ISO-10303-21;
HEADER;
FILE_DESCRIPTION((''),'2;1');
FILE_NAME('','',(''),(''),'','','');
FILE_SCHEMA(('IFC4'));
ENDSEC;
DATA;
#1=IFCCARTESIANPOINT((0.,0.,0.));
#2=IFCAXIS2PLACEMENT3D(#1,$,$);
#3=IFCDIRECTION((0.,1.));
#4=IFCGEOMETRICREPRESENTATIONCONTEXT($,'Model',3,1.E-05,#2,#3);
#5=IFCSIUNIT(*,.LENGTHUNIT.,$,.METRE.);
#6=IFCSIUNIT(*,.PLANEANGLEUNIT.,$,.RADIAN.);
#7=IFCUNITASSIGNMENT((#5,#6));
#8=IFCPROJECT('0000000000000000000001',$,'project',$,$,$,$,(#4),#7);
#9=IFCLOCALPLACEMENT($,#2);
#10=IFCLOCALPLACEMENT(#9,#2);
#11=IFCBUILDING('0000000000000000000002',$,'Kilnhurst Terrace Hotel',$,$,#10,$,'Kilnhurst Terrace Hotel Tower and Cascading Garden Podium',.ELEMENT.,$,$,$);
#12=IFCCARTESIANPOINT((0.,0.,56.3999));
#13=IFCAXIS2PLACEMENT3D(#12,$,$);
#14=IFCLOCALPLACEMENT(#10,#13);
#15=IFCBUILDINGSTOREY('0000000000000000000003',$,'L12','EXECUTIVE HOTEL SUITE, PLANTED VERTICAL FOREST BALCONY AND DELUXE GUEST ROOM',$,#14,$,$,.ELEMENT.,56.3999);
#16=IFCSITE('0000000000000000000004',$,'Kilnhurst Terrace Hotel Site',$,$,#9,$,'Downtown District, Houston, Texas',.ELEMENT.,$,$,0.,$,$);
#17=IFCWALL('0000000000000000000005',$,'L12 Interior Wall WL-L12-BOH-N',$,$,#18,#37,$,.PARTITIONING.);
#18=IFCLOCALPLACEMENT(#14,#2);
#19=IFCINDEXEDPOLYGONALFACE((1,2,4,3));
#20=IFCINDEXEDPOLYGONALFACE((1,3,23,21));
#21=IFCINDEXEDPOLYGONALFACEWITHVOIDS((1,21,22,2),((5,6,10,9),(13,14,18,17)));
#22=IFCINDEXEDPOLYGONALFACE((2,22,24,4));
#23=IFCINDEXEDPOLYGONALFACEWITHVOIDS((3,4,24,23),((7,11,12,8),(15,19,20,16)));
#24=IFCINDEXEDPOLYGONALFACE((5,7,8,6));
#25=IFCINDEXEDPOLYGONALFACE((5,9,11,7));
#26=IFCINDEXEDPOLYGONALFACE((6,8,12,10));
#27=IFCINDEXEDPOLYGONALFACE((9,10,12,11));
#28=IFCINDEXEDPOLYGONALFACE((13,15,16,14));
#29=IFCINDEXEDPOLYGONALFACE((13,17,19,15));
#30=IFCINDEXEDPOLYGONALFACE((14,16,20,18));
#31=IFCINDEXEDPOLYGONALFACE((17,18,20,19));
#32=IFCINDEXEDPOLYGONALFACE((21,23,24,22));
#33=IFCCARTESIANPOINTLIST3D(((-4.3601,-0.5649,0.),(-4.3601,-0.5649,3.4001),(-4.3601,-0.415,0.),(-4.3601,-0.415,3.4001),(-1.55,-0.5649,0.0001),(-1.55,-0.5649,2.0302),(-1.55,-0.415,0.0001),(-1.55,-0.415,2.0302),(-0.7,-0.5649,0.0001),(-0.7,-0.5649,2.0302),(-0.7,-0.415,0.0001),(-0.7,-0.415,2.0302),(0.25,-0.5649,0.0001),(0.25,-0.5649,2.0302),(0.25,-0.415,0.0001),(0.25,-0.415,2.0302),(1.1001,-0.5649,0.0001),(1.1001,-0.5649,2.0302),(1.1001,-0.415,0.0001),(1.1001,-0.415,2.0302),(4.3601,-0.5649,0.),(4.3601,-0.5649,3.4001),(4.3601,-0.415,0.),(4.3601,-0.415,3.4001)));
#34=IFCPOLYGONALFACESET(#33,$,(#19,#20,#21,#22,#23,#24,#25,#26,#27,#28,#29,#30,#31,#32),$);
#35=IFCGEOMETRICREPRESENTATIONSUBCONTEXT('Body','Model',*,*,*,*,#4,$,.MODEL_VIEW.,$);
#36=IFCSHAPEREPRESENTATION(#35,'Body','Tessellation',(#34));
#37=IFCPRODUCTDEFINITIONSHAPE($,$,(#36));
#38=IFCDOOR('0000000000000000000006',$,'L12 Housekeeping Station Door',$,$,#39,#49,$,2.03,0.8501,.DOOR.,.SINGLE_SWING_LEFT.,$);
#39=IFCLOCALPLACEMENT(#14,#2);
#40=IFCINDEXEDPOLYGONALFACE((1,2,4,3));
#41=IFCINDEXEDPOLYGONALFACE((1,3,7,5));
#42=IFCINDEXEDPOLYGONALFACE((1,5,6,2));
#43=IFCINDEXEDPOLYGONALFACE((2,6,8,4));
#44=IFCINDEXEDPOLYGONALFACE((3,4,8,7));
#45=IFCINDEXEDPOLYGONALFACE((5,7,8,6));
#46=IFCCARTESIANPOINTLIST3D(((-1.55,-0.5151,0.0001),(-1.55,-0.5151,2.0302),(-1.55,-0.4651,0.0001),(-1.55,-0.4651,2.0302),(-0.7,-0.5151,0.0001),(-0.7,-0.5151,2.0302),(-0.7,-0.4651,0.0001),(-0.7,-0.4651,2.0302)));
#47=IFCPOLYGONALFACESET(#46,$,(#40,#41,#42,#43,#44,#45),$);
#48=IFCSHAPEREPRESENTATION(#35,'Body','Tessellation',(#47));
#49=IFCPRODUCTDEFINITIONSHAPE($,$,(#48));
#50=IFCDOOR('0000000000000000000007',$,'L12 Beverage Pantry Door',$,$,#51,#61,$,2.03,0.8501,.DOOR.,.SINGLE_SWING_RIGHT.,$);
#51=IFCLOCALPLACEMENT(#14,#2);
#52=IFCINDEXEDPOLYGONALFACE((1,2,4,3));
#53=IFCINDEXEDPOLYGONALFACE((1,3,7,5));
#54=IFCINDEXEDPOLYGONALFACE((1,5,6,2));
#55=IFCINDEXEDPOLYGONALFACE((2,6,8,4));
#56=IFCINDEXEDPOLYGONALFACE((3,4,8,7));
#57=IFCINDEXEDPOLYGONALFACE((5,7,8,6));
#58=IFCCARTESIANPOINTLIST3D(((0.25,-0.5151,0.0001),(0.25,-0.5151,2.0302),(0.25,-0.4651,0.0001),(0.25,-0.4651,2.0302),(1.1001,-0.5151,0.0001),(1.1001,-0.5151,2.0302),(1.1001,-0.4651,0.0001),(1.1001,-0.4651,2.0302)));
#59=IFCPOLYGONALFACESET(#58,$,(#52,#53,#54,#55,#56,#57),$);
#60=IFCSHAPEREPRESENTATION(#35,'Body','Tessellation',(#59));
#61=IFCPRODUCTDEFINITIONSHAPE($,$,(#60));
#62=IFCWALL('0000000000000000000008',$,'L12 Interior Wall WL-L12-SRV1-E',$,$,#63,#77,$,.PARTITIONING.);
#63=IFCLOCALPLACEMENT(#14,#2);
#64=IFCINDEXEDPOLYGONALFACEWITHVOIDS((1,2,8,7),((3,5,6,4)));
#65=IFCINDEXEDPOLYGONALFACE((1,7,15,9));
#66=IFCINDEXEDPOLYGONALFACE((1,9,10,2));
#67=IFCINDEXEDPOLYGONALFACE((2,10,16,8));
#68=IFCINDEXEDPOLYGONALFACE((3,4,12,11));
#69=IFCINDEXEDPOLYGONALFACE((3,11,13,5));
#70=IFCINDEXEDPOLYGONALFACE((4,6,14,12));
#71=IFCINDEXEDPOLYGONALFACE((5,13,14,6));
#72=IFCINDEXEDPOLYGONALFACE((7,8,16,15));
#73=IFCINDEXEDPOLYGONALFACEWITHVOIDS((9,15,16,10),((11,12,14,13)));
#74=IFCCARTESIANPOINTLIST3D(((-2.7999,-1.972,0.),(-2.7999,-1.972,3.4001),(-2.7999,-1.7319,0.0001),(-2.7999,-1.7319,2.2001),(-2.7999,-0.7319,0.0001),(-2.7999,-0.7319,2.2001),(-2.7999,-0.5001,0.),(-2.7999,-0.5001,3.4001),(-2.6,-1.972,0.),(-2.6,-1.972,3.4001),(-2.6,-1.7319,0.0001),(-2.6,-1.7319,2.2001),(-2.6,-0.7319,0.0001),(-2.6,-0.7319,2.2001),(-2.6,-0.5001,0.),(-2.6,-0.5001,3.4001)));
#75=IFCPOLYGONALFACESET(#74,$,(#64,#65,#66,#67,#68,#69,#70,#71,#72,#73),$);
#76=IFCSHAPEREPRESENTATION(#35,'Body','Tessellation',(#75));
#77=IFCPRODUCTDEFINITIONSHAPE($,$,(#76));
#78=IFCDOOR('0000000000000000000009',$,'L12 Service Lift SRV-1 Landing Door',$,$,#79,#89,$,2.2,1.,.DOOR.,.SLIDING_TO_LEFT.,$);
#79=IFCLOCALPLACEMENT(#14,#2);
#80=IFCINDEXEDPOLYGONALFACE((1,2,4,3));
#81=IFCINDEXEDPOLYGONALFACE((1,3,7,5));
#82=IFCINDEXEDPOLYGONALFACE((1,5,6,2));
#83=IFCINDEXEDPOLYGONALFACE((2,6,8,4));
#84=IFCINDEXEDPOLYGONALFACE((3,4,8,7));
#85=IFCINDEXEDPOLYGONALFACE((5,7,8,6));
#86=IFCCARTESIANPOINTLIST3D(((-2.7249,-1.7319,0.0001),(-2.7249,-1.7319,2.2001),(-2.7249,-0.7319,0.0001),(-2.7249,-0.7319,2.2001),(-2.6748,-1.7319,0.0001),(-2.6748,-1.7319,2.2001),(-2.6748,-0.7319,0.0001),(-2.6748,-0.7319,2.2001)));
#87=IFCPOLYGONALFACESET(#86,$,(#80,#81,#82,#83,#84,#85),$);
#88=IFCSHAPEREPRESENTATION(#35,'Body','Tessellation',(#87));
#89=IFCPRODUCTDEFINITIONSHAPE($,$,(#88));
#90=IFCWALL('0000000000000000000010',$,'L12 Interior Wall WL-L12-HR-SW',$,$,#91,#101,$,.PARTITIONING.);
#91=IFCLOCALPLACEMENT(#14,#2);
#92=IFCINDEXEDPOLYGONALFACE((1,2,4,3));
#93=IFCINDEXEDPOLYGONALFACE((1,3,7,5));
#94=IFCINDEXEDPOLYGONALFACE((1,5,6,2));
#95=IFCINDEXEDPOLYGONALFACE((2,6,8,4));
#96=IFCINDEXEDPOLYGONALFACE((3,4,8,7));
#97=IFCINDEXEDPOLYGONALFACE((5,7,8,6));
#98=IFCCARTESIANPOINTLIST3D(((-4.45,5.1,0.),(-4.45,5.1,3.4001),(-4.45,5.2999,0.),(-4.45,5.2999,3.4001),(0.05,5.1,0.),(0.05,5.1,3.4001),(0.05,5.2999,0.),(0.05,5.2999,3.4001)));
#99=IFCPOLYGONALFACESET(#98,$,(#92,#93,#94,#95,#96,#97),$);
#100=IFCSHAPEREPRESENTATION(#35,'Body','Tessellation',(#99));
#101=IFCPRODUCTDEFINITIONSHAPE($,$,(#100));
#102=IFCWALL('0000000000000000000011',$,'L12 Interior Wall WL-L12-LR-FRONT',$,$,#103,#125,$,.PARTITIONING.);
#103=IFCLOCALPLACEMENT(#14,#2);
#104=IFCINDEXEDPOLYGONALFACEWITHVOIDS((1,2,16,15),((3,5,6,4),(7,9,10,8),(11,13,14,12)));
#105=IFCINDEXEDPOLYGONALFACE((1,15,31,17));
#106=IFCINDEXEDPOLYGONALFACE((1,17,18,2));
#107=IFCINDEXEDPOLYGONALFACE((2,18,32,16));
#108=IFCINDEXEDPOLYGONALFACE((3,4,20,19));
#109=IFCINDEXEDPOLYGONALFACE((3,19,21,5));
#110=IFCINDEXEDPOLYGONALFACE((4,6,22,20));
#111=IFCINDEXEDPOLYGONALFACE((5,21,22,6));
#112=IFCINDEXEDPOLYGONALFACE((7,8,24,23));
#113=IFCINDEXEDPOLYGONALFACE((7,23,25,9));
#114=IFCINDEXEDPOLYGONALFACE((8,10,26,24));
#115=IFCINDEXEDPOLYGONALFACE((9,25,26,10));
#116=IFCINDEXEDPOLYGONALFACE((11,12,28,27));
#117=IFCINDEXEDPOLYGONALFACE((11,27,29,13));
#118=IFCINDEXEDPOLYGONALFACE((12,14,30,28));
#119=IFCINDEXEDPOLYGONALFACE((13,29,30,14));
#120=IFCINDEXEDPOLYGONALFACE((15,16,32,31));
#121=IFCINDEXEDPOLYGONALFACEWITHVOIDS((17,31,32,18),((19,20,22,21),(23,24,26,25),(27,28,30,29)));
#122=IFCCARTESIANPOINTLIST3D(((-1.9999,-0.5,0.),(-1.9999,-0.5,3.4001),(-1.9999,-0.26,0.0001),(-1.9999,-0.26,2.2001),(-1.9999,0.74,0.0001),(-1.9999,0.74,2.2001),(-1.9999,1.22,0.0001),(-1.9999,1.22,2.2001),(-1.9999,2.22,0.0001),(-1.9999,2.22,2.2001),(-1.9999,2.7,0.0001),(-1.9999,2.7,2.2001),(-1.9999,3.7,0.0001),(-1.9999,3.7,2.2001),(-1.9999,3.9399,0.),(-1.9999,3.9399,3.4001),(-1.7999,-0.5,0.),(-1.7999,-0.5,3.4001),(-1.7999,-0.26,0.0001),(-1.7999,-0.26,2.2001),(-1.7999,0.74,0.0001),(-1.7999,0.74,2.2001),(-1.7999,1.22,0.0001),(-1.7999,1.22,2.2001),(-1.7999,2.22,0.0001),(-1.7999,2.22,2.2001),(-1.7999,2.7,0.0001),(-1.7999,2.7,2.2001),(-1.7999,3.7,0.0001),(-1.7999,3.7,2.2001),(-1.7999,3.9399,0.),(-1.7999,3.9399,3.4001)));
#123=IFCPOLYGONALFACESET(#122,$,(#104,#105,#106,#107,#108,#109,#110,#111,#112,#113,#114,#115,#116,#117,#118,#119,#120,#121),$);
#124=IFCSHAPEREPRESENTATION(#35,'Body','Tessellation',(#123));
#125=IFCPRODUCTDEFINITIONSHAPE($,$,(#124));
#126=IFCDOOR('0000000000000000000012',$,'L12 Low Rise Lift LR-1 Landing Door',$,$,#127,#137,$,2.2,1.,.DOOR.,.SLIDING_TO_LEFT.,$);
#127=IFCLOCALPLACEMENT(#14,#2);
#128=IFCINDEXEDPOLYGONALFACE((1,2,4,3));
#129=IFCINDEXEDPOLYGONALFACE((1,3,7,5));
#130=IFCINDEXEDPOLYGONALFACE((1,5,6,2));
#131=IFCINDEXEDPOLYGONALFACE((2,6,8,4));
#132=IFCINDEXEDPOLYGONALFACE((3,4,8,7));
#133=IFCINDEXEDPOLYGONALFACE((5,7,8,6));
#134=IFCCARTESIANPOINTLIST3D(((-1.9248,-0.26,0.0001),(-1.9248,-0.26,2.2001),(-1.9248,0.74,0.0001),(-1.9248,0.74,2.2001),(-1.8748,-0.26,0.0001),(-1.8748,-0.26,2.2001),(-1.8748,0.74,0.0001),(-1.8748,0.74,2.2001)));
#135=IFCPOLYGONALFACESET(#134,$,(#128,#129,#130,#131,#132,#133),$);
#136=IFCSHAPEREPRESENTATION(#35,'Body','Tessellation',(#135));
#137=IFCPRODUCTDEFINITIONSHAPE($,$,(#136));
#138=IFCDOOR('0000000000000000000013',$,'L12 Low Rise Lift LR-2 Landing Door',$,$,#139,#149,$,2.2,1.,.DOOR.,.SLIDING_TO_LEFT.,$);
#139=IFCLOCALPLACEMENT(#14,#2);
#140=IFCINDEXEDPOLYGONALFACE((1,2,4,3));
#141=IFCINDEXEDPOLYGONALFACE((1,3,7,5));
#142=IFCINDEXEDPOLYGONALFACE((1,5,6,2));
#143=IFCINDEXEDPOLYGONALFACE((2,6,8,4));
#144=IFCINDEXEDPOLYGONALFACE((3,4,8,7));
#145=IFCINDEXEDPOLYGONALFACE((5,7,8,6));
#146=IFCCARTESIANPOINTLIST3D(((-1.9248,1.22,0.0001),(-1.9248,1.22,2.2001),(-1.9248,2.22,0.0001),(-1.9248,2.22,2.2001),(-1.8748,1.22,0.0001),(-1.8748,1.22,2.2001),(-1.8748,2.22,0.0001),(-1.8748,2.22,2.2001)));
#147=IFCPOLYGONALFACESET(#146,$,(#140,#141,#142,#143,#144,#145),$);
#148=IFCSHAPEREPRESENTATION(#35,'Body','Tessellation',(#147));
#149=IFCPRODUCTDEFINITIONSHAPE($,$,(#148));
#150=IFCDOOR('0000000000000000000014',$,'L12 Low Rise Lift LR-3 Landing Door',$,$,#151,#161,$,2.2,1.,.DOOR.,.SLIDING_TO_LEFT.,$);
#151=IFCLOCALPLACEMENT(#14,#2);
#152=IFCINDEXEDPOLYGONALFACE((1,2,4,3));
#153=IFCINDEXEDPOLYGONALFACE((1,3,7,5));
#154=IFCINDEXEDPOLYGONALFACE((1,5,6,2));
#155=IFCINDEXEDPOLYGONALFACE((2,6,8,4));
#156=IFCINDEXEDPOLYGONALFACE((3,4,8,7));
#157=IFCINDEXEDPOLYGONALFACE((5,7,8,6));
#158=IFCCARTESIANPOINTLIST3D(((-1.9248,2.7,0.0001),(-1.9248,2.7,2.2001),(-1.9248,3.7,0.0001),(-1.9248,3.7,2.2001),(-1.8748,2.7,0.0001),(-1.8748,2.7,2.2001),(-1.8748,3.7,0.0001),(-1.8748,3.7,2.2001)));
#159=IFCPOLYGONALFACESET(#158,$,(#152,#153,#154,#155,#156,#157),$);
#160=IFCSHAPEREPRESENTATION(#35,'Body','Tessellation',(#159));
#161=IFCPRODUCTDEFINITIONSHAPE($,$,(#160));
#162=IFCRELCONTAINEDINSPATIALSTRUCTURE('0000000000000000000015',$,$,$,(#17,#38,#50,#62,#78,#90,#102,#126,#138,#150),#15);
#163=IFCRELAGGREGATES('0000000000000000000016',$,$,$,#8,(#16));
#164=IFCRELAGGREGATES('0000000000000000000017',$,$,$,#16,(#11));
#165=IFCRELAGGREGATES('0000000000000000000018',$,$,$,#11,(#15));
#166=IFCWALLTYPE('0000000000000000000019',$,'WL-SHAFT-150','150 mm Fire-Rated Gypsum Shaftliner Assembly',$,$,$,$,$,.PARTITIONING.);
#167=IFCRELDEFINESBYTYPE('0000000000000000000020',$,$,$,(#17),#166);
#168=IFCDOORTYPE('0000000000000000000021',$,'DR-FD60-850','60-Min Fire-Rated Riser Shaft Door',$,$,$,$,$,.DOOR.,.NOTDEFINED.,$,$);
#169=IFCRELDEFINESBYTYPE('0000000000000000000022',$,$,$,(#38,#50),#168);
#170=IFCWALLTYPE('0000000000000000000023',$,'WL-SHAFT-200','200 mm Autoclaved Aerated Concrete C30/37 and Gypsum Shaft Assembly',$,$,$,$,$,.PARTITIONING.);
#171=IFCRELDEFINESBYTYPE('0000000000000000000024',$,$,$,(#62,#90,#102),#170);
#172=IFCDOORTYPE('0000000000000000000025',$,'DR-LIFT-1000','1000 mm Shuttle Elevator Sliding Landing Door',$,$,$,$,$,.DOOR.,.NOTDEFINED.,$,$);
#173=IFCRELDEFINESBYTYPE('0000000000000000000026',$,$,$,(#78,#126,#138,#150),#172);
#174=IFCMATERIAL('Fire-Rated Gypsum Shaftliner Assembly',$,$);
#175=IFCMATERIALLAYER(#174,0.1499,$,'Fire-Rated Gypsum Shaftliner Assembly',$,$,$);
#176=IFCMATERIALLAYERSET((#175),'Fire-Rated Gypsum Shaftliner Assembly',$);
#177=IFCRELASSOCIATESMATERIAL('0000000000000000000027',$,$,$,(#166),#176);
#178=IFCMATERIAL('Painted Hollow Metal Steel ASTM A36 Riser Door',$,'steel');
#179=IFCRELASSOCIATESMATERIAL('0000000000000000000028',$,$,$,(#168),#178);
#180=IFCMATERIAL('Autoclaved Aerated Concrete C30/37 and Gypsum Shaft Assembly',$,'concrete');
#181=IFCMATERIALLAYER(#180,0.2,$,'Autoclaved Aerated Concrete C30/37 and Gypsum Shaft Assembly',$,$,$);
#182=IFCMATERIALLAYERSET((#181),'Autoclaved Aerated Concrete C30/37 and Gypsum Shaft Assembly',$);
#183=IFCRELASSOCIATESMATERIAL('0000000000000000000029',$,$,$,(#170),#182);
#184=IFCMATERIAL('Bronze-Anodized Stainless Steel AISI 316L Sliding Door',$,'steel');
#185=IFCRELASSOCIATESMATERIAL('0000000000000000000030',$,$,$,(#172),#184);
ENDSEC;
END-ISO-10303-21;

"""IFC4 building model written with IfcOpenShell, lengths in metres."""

from ifc_helpers import new_model, si_unit, direction, frame, frame_2d, origin, place, context, subcontext, project, spatial, rectangle, extrude, material, layer, layer_set, type_object, element, fill, save


model = new_model("IFC4")

# Units and contexts
model_context = context("Model", 3, precision=1e-05, world=origin(), true_north=direction((0.0, 1.0)))
body_context = subcontext(model_context, "Body", "Model", "MODEL_VIEW")
ifc_project = project(units=[si_unit("LENGTHUNIT", "METRE"), si_unit("PLANEANGLEUNIT", "RADIAN")], contexts=[model_context])

# Site, building, storey
site_placement = place(None, origin())
site = spatial("IfcSite", under=ifc_project, at=site_placement, Name="Kilnhurst Terrace Hotel Site", LongName="Downtown District, Houston, Texas", CompositionType="ELEMENT", RefElevation=0.0)
building_placement = place(site_placement, origin())
building = spatial("IfcBuilding", under=site, at=building_placement, Name="Kilnhurst Terrace Hotel", LongName="Kilnhurst Terrace Hotel Tower and Cascading Garden Podium", CompositionType="ELEMENT")
storey_placement = place(building_placement, frame((0.0, 0.0, 56.3999)))
storey = spatial("IfcBuildingStorey", under=building, at=storey_placement, Name="L12", Description="EXECUTIVE HOTEL SUITE, PLANTED VERTICAL FOREST BALCONY AND DELUXE GUEST ROOM", CompositionType="ELEMENT", Elevation=56.3999)

# Shared definitions
ifc_material_1 = material(Name="Fire-Rated Gypsum Shaftliner Assembly")
ifc_layer_1 = layer(ifc_material_1, 0.1499, Name="Fire-Rated Gypsum Shaftliner Assembly")
ifc_layer_set_1 = layer_set([ifc_layer_1], Name="Fire-Rated Gypsum Shaftliner Assembly")
wall_type_1 = type_object("IfcWallType", Name="WL-SHAFT-150", Description="150 mm Fire-Rated Gypsum Shaftliner Assembly", PredefinedType="PARTITIONING", material=ifc_layer_set_1)

# Wall, openings, doors
wall_1_placement = place(storey_placement, frame((-4.3601, -0.49, 0.0), z_axis=(0.0, 0.0, 1.0), x_axis=(1.0, 0.0, 0.0)))
wall_1 = element("IfcWall", 1, at=wall_1_placement, inside=storey, type_object=wall_type_1, Name="L12 Interior Wall WL-L12-BOH-N", PredefinedType="PARTITIONING", context=body_context, shape_type="SweptSolid", body=[
    extrude(rectangle(XDim=8.7202, YDim=0.1499, at=frame_2d((4.3601, 0.0))), origin(), (0.0, 0.0, 1.0), 3.4001),
])
opening_1_placement = place(wall_1_placement, frame((2.8101, 0.0, 0.0)))
opening_1 = element("IfcOpeningElement", 2, at=opening_1_placement, cuts=wall_1, PredefinedType="OPENING", context=body_context, shape_type="SweptSolid", body=[
    extrude(rectangle(XDim=0.8501, YDim=2.03, at=frame_2d((0.425, 1.0151))), frame((0.0, 0.085, 0.0), z_axis=(0.0, -1.0, 0.0), x_axis=(1.0, 0.0, 0.0)), (0.0, 0.0, 1.0), 0.1699),
])
opening_2_placement = place(wall_1_placement, frame((4.6101, 0.0, 0.0)))
opening_2 = element("IfcOpeningElement", 3, at=opening_2_placement, cuts=wall_1, PredefinedType="OPENING", context=body_context, shape_type="SweptSolid", body=[
    extrude(rectangle(XDim=0.8501, YDim=2.03, at=frame_2d((0.425, 1.0151))), frame((0.0, 0.085, 0.0), z_axis=(0.0, -1.0, 0.0), x_axis=(1.0, 0.0, 0.0)), (0.0, 0.0, 1.0), 0.1699),
])
ifc_material_2 = material(Name="Painted Hollow Metal Steel ASTM A36 Riser Door", Category="steel")
door_type_1 = type_object("IfcDoorType", Name="DR-FD60-850", Description="60-Min Fire-Rated Riser Shaft Door", OperationType="NOTDEFINED", PredefinedType="DOOR", material=ifc_material_2)
door_1_placement = place(opening_1_placement, origin())
door_1 = element("IfcDoor", 4, at=door_1_placement, inside=storey, type_object=door_type_1, Name="L12 Housekeeping Station Door", OperationType="SINGLE_SWING_LEFT", OverallHeight=2.03, OverallWidth=0.8501, PredefinedType="DOOR", context=body_context, shape_type="SweptSolid", body=[
    extrude(rectangle(XDim=0.8501, YDim=2.03, at=frame_2d((0.425, 1.0151))), frame((0.0, 0.0249, 0.0), z_axis=(0.0, -1.0, 0.0), x_axis=(1.0, 0.0, 0.0)), (0.0, 0.0, 1.0), 0.05),
])
fill(opening_1, door_1)
door_2_placement = place(opening_2_placement, origin())
door_2 = element("IfcDoor", 5, at=door_2_placement, inside=storey, type_object=door_type_1, Name="L12 Beverage Pantry Door", OperationType="SINGLE_SWING_RIGHT", OverallHeight=2.03, OverallWidth=0.8501, PredefinedType="DOOR", context=body_context, shape_type="SweptSolid", body=[
    extrude(rectangle(XDim=0.8501, YDim=2.03, at=frame_2d((0.425, 1.0151))), frame((0.0, 0.0249, 0.0), z_axis=(0.0, -1.0, 0.0), x_axis=(1.0, 0.0, 0.0)), (0.0, 0.0, 1.0), 0.05),
])
fill(opening_2, door_2)

# Wall, opening, door
ifc_material_3 = material(Name="Autoclaved Aerated Concrete C30/37 and Gypsum Shaft Assembly", Category="concrete")
ifc_layer_2 = layer(ifc_material_3, 0.2, Name="Autoclaved Aerated Concrete C30/37 and Gypsum Shaft Assembly")
ifc_layer_set_2 = layer_set([ifc_layer_2], Name="Autoclaved Aerated Concrete C30/37 and Gypsum Shaft Assembly")
wall_type_2 = type_object("IfcWallType", Name="WL-SHAFT-200", Description="200 mm Autoclaved Aerated Concrete C30/37 and Gypsum Shaft Assembly", PredefinedType="PARTITIONING", material=ifc_layer_set_2)
wall_2_placement = place(storey_placement, frame((-2.7, -1.9719, 0.0), z_axis=(0.0, 0.0, 1.0), x_axis=(0.0, 1.0, 0.0)))
wall_2 = element("IfcWall", 6, at=wall_2_placement, inside=storey, type_object=wall_type_2, Name="L12 Interior Wall WL-L12-SRV1-E", PredefinedType="PARTITIONING", context=body_context, shape_type="SweptSolid", body=[
    extrude(rectangle(XDim=1.4719, YDim=0.2, at=frame_2d((0.7358, 0.0))), origin(), (0.0, 0.0, 1.0), 3.4001),
])
opening_3_placement = place(wall_2_placement, frame((0.24, 0.0, 0.0)))
opening_3 = element("IfcOpeningElement", 7, at=opening_3_placement, cuts=wall_2, PredefinedType="OPENING", context=body_context, shape_type="SweptSolid", body=[
    extrude(rectangle(XDim=1.0, YDim=2.2, at=frame_2d((0.5, 1.1001))), frame((0.0, 0.1099, 0.0), z_axis=(0.0, -1.0, 0.0), x_axis=(1.0, 0.0, 0.0)), (0.0, 0.0, 1.0), 0.22),
])
ifc_material_4 = material(Name="Bronze-Anodized Stainless Steel AISI 316L Sliding Door", Category="steel")
door_type_2 = type_object("IfcDoorType", Name="DR-LIFT-1000", Description="1000 mm Shuttle Elevator Sliding Landing Door", OperationType="NOTDEFINED", PredefinedType="DOOR", material=ifc_material_4)
door_3_placement = place(opening_3_placement, origin())
door_3 = element("IfcDoor", 8, at=door_3_placement, inside=storey, type_object=door_type_2, Name="L12 Service Lift SRV-1 Landing Door", OperationType="SLIDING_TO_LEFT", OverallHeight=2.2, OverallWidth=1.0, PredefinedType="DOOR", context=body_context, shape_type="SweptSolid", body=[
    extrude(rectangle(XDim=1.0, YDim=2.2, at=frame_2d((0.5, 1.1001))), frame((0.0, 0.0249, 0.0), z_axis=(0.0, -1.0, 0.0), x_axis=(1.0, 0.0, 0.0)), (0.0, 0.0, 1.0), 0.05),
])
fill(opening_3, door_3)

# Wall
wall_3_placement = place(storey_placement, frame((-4.45, 5.2, 0.0), z_axis=(0.0, 0.0, 1.0), x_axis=(1.0, 0.0, 0.0)))
element("IfcWall", 9, at=wall_3_placement, inside=storey, type_object=wall_type_2, Name="L12 Interior Wall WL-L12-HR-SW", PredefinedType="PARTITIONING", context=body_context, shape_type="SweptSolid", body=[
    extrude(rectangle(XDim=4.5, YDim=0.2, at=frame_2d((2.25, 0.0))), origin(), (0.0, 0.0, 1.0), 3.4001),
])

# Wall, openings, doors
wall_4_placement = place(storey_placement, frame((-1.8999, -0.5, 0.0), z_axis=(0.0, 0.0, 1.0), x_axis=(0.0, 1.0, 0.0)))
wall_4 = element("IfcWall", 10, at=wall_4_placement, inside=storey, type_object=wall_type_2, Name="L12 Interior Wall WL-L12-LR-FRONT", PredefinedType="PARTITIONING", context=body_context, shape_type="SweptSolid", body=[
    extrude(rectangle(XDim=4.4399, YDim=0.2, at=frame_2d((2.22, 0.0))), origin(), (0.0, 0.0, 1.0), 3.4001),
])
opening_4_placement = place(wall_4_placement, frame((0.24, 0.0, 0.0)))
opening_4 = element("IfcOpeningElement", 11, at=opening_4_placement, cuts=wall_4, PredefinedType="OPENING", context=body_context, shape_type="SweptSolid", body=[
    extrude(rectangle(XDim=1.0, YDim=2.2, at=frame_2d((0.5, 1.1001))), frame((0.0, 0.1099, 0.0), z_axis=(0.0, -1.0, 0.0), x_axis=(1.0, 0.0, 0.0)), (0.0, 0.0, 1.0), 0.22),
])
opening_5_placement = place(wall_4_placement, frame((1.72, 0.0, 0.0)))
opening_5 = element("IfcOpeningElement", 12, at=opening_5_placement, cuts=wall_4, PredefinedType="OPENING", context=body_context, shape_type="SweptSolid", body=[
    extrude(rectangle(XDim=1.0, YDim=2.2, at=frame_2d((0.5, 1.1001))), frame((0.0, 0.1099, 0.0), z_axis=(0.0, -1.0, 0.0), x_axis=(1.0, 0.0, 0.0)), (0.0, 0.0, 1.0), 0.22),
])
opening_6_placement = place(wall_4_placement, frame((3.2, 0.0, 0.0)))
opening_6 = element("IfcOpeningElement", 13, at=opening_6_placement, cuts=wall_4, PredefinedType="OPENING", context=body_context, shape_type="SweptSolid", body=[
    extrude(rectangle(XDim=1.0, YDim=2.2, at=frame_2d((0.5, 1.1001))), frame((0.0, 0.1099, 0.0), z_axis=(0.0, -1.0, 0.0), x_axis=(1.0, 0.0, 0.0)), (0.0, 0.0, 1.0), 0.22),
])
door_4_placement = place(opening_4_placement, origin())
door_4 = element("IfcDoor", 14, at=door_4_placement, inside=storey, type_object=door_type_2, Name="L12 Low Rise Lift LR-1 Landing Door", OperationType="SLIDING_TO_LEFT", OverallHeight=2.2, OverallWidth=1.0, PredefinedType="DOOR", context=body_context, shape_type="SweptSolid", body=[
    extrude(rectangle(XDim=1.0, YDim=2.2, at=frame_2d((0.5, 1.1001))), frame((0.0, 0.0249, 0.0), z_axis=(0.0, -1.0, 0.0), x_axis=(1.0, 0.0, 0.0)), (0.0, 0.0, 1.0), 0.05),
])
fill(opening_4, door_4)
door_5_placement = place(opening_5_placement, origin())
door_5 = element("IfcDoor", 15, at=door_5_placement, inside=storey, type_object=door_type_2, Name="L12 Low Rise Lift LR-2 Landing Door", OperationType="SLIDING_TO_LEFT", OverallHeight=2.2, OverallWidth=1.0, PredefinedType="DOOR", context=body_context, shape_type="SweptSolid", body=[
    extrude(rectangle(XDim=1.0, YDim=2.2, at=frame_2d((0.5, 1.1001))), frame((0.0, 0.0249, 0.0), z_axis=(0.0, -1.0, 0.0), x_axis=(1.0, 0.0, 0.0)), (0.0, 0.0, 1.0), 0.05),
])
fill(opening_5, door_5)
door_6_placement = place(opening_6_placement, origin())
door_6 = element("IfcDoor", 16, at=door_6_placement, inside=storey, type_object=door_type_2, Name="L12 Low Rise Lift LR-3 Landing Door", OperationType="SLIDING_TO_LEFT", OverallHeight=2.2, OverallWidth=1.0, PredefinedType="DOOR", context=body_context, shape_type="SweptSolid", body=[
    extrude(rectangle(XDim=1.0, YDim=2.2, at=frame_2d((0.5, 1.1001))), frame((0.0, 0.0249, 0.0), z_axis=(0.0, -1.0, 0.0), x_axis=(1.0, 0.0, 0.0)), (0.0, 0.0, 1.0), 0.05),
])
fill(opening_6, door_6)

save(model, "model.ifc")
